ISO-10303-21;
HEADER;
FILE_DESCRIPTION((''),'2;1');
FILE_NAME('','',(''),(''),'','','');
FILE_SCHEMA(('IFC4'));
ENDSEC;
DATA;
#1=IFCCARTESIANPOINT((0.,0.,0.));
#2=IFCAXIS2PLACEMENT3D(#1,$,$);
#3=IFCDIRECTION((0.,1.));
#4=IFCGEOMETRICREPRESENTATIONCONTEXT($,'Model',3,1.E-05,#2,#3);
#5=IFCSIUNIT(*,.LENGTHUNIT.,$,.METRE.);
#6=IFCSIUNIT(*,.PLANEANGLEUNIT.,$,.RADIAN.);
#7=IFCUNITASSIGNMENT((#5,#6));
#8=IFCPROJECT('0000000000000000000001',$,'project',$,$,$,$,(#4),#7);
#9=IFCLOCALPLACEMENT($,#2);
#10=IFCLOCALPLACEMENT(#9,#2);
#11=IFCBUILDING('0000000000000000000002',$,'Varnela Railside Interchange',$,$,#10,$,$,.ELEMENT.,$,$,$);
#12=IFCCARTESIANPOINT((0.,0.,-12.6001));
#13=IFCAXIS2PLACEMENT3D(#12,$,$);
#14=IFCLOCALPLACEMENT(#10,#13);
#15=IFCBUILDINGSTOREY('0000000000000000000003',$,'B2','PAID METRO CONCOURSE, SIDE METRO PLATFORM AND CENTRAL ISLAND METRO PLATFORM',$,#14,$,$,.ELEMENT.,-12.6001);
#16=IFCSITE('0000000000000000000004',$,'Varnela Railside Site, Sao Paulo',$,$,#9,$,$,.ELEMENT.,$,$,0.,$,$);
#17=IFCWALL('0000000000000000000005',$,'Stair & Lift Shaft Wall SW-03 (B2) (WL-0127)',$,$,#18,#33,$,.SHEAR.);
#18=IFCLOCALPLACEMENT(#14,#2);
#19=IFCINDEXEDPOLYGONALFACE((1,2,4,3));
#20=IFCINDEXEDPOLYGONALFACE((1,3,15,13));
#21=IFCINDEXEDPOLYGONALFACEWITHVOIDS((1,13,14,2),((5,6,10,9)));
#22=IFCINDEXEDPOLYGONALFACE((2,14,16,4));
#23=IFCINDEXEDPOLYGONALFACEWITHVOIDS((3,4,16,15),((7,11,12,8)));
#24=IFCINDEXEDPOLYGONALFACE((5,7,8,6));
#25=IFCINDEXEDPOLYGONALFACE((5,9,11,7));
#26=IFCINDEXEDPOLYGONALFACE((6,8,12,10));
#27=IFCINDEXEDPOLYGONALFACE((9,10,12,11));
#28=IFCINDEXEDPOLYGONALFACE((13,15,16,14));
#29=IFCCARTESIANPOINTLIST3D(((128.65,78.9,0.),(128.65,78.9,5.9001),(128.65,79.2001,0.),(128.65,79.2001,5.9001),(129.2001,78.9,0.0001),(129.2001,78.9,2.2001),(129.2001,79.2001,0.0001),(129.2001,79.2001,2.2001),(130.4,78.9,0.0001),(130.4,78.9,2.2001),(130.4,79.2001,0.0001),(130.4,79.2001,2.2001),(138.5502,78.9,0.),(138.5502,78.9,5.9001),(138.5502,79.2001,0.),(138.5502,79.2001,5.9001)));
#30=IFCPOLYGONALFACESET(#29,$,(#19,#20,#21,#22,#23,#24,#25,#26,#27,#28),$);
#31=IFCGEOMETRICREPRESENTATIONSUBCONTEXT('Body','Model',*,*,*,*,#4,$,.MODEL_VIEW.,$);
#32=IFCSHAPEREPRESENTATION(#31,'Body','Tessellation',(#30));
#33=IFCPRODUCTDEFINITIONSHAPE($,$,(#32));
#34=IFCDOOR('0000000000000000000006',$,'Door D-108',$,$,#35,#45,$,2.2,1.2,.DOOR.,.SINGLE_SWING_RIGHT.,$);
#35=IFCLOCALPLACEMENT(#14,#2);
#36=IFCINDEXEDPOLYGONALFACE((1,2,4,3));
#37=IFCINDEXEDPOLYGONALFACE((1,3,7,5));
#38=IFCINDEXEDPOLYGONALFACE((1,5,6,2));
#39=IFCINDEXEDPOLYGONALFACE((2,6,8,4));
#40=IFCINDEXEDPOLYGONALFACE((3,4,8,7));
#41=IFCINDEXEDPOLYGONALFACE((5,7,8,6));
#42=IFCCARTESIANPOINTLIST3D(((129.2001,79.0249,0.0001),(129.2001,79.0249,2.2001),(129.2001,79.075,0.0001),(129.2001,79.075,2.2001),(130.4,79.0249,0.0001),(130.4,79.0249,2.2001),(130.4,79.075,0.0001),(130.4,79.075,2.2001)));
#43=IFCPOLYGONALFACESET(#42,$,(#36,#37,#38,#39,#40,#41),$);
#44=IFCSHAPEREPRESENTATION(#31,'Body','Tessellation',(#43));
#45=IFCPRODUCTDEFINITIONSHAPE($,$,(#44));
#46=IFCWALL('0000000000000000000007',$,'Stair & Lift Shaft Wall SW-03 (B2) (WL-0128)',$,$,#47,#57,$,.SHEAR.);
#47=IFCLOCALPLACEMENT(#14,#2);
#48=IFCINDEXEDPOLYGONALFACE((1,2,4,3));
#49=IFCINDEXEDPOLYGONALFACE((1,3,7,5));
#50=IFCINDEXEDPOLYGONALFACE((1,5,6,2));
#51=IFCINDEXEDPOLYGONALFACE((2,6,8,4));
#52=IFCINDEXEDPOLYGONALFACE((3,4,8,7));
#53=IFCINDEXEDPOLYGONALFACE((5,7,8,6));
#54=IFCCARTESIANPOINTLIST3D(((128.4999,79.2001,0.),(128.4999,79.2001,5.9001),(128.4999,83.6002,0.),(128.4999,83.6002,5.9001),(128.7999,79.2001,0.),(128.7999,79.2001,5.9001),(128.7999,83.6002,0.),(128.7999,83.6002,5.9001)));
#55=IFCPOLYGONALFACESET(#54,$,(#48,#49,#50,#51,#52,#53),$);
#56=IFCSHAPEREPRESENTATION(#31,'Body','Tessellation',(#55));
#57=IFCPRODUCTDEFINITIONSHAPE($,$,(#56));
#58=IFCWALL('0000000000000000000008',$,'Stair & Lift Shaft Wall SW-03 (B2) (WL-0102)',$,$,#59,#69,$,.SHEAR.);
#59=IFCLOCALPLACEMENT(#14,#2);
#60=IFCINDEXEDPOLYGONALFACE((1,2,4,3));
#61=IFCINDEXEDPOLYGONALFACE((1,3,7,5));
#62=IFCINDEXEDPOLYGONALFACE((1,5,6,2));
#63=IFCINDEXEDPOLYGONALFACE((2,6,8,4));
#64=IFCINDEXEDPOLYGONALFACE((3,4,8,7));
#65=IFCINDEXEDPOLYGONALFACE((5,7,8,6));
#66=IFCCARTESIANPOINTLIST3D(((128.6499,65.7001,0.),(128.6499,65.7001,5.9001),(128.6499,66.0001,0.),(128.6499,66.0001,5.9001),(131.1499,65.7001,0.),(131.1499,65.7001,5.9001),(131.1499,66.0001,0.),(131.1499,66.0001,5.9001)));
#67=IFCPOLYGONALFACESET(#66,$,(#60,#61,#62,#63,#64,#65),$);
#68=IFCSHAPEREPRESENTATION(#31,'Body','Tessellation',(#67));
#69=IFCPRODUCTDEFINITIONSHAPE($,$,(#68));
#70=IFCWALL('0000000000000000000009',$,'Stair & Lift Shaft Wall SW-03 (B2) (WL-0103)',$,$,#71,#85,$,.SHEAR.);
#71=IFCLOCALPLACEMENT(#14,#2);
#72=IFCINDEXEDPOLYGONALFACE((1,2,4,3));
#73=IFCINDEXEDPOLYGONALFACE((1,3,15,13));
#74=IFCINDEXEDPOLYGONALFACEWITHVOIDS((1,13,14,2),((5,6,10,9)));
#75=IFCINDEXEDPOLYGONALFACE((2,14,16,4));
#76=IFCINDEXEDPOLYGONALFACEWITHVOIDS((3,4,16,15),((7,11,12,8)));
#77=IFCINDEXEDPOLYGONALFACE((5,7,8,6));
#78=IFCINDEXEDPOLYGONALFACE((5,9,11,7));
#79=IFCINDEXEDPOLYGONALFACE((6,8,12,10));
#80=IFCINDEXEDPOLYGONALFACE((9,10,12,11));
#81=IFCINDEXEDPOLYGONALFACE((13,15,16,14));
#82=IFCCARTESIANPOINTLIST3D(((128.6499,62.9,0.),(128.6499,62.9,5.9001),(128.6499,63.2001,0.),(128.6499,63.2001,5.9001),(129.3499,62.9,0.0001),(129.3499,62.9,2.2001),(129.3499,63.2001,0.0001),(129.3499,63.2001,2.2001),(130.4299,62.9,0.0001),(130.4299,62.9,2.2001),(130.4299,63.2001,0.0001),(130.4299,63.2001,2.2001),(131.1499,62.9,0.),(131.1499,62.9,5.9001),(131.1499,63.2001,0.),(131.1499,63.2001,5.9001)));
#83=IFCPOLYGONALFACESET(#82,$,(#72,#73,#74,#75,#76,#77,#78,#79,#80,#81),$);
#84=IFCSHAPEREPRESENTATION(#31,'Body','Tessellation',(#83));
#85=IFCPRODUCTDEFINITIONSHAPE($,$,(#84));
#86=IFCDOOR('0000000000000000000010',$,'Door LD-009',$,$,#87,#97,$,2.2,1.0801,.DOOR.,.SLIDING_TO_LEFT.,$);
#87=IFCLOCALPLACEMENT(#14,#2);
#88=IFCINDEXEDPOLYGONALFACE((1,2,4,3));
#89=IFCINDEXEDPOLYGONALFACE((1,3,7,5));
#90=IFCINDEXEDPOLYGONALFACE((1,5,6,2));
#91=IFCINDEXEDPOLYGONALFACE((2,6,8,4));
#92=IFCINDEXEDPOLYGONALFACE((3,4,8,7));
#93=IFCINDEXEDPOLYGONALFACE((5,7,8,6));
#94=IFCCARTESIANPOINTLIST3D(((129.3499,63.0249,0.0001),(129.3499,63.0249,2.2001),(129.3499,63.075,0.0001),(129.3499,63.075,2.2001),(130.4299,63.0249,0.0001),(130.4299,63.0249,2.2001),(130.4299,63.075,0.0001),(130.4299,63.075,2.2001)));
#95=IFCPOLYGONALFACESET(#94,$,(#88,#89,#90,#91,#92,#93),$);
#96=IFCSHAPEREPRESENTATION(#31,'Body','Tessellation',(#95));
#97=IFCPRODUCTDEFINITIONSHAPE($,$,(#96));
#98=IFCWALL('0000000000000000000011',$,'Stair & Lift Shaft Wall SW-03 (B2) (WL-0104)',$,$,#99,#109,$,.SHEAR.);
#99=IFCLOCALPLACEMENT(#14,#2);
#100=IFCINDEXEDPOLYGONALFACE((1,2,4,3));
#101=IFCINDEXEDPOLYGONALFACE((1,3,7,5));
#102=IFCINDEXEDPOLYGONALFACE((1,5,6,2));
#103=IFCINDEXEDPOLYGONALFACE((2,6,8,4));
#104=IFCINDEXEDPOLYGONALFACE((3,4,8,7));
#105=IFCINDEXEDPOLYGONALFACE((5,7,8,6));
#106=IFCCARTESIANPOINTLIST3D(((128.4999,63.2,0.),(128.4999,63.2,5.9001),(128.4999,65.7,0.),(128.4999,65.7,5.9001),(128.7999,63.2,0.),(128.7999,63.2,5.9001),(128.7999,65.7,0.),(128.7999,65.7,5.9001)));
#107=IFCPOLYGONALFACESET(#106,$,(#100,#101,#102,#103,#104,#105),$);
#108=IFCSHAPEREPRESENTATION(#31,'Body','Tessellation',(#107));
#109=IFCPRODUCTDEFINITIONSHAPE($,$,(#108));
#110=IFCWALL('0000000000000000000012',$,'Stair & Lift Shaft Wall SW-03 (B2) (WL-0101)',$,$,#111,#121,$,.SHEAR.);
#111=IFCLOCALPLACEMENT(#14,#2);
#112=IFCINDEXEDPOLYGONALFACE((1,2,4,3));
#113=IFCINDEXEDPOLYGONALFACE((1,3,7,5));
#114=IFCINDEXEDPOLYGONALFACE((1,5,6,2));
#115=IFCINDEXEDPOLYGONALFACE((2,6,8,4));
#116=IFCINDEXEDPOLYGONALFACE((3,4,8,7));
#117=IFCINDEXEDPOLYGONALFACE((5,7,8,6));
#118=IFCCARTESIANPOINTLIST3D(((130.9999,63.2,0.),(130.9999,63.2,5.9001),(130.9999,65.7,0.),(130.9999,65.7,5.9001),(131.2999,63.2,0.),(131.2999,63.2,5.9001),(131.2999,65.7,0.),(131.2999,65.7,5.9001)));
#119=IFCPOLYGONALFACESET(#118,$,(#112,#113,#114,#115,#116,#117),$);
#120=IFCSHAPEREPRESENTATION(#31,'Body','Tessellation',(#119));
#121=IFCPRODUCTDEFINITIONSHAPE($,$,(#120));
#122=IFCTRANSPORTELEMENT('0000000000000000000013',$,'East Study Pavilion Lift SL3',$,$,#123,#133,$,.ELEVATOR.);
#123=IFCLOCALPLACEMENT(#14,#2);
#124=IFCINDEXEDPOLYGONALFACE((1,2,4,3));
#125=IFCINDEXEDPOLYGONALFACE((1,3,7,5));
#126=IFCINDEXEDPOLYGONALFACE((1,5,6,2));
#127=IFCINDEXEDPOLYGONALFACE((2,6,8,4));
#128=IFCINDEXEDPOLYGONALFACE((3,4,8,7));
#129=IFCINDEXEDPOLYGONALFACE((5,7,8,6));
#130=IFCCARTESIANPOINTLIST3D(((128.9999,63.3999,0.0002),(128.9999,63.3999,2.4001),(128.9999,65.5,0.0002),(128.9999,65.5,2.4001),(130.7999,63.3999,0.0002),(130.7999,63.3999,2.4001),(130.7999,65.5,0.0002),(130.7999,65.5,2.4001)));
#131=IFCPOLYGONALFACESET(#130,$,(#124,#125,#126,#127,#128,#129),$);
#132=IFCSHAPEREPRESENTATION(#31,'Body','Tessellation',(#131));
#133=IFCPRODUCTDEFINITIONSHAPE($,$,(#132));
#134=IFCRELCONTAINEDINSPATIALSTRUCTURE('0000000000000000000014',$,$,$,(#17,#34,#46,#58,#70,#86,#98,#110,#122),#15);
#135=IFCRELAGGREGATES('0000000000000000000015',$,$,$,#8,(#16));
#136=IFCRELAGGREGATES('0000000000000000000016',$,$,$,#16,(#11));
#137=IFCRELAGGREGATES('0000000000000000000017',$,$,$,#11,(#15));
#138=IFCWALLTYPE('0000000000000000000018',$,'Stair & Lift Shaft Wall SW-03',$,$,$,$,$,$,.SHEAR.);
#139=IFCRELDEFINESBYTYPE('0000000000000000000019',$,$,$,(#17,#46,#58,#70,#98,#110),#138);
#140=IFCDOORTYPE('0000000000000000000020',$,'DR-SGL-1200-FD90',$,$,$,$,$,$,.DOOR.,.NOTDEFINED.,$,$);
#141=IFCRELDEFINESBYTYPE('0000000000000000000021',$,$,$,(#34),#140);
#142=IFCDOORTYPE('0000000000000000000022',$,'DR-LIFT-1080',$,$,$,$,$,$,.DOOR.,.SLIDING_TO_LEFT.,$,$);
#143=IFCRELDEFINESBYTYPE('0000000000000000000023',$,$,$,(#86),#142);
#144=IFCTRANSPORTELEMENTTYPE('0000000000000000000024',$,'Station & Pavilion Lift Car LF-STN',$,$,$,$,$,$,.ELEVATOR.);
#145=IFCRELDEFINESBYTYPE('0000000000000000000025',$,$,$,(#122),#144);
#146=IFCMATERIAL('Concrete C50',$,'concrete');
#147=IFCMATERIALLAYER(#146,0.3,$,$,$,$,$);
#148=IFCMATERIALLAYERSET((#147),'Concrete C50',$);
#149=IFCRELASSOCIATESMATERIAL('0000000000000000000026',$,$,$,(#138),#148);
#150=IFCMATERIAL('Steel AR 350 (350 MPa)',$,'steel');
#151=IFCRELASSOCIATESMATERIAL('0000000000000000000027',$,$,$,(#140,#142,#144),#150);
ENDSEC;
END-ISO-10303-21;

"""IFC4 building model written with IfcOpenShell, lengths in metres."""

from ifc_helpers import new_model, si_unit, direction, frame, frame_2d, origin, origin_2d, place, context, subcontext, project, spatial, rectangle, extrude, material, layer, layer_set, type_object, element, fill, save


model = new_model("IFC4")

# Units and contexts
model_context = context("Model", 3, precision=1e-05, world=origin(), true_north=direction((0.0, 1.0)))
body_context = subcontext(model_context, "Body", "Model", "MODEL_VIEW")
ifc_project = project(units=[si_unit("LENGTHUNIT", "METRE"), si_unit("PLANEANGLEUNIT", "RADIAN")], contexts=[model_context])

# Site, building, storey
site_placement = place(None, origin())
site = spatial("IfcSite", under=ifc_project, at=site_placement, Name="Varnela Railside Site, Sao Paulo", CompositionType="ELEMENT", RefElevation=0.0)
building_placement = place(site_placement, origin())
building = spatial("IfcBuilding", under=site, at=building_placement, Name="Varnela Railside Interchange", CompositionType="ELEMENT")
storey_placement = place(building_placement, frame((0.0, 0.0, -12.6001)))
storey = spatial("IfcBuildingStorey", under=building, at=storey_placement, Name="B2", Description="PAID METRO CONCOURSE, SIDE METRO PLATFORM AND CENTRAL ISLAND METRO PLATFORM", CompositionType="ELEMENT", Elevation=-12.6001)

# Shared definitions
ifc_material_1 = material(Name="Concrete C50", Category="concrete")

# Wall, opening, door
ifc_layer = layer(ifc_material_1, 0.3)
ifc_layer_set = layer_set([ifc_layer], Name="Concrete C50")
wall_type = type_object("IfcWallType", Name="Stair & Lift Shaft Wall SW-03", PredefinedType="SHEAR", material=ifc_layer_set)
wall_1_placement = place(storey_placement, frame((128.6499, 79.05, 0.0), z_axis=(0.0, 0.0, 1.0), x_axis=(1.0, 0.0, 0.0)))
wall_1 = element("IfcWall", 1, at=wall_1_placement, inside=storey, type_object=wall_type, Name="Stair & Lift Shaft Wall SW-03 (B2) (WL-0127)", PredefinedType="SHEAR", context=body_context, shape_type="SweptSolid", body=[
    extrude(rectangle(XDim=9.9001, YDim=0.3, at=frame_2d((4.9502, 0.0))), origin(), (0.0, 0.0, 1.0), 5.9001),
])
opening_1_placement = place(wall_1_placement, frame((0.55, 0.0, 0.0)))
opening_1 = element("IfcOpeningElement", 2, at=opening_1_placement, cuts=wall_1, PredefinedType="OPENING", context=body_context, shape_type="SweptSolid", body=[
    extrude(rectangle(XDim=1.2, YDim=2.2, at=frame_2d((0.6001, 1.1001))), frame((0.0, 0.1599, 0.0), z_axis=(0.0, -1.0, 0.0), x_axis=(1.0, 0.0, 0.0)), (0.0, 0.0, 1.0), 0.3201),
])
ifc_material_2 = material(Name="Steel AR 350 (350 MPa)", Category="steel")
door_type_1 = type_object("IfcDoorType", Name="DR-SGL-1200-FD90", OperationType="NOTDEFINED", PredefinedType="DOOR", material=ifc_material_2)
door_1_placement = place(opening_1_placement, origin())
door_1 = element("IfcDoor", 3, at=door_1_placement, inside=storey, type_object=door_type_1, Name="Door D-108", OperationType="SINGLE_SWING_RIGHT", OverallHeight=2.2, OverallWidth=1.2, PredefinedType="DOOR", context=body_context, shape_type="SweptSolid", body=[
    extrude(rectangle(XDim=1.2, YDim=2.2, at=frame_2d((0.6001, 1.1001))), frame((0.0, 0.0249, 0.0), z_axis=(0.0, -1.0, 0.0), x_axis=(1.0, 0.0, 0.0)), (0.0, 0.0, 1.0), 0.05),
])
fill(opening_1, door_1)

# Walls
wall_2_placement = place(storey_placement, frame((128.6499, 79.2, 0.0), z_axis=(0.0, 0.0, 1.0), x_axis=(0.0, 1.0, 0.0)))
element("IfcWall", 4, at=wall_2_placement, inside=storey, type_object=wall_type, Name="Stair & Lift Shaft Wall SW-03 (B2) (WL-0128)", PredefinedType="SHEAR", context=body_context, shape_type="SweptSolid", body=[
    extrude(rectangle(XDim=4.4001, YDim=0.3, at=frame_2d((2.2002, 0.0))), origin(), (0.0, 0.0, 1.0), 5.9001),
])
wall_3_placement = place(storey_placement, frame((128.6499, 65.8501, 0.0), z_axis=(0.0, 0.0, 1.0), x_axis=(1.0, 0.0, 0.0)))
element("IfcWall", 5, at=wall_3_placement, inside=storey, type_object=wall_type, Name="Stair & Lift Shaft Wall SW-03 (B2) (WL-0102)", PredefinedType="SHEAR", context=body_context, shape_type="SweptSolid", body=[
    extrude(rectangle(XDim=2.5, YDim=0.3, at=frame_2d((1.25, 0.0))), origin(), (0.0, 0.0, 1.0), 5.9001),
])

# Wall, opening, door
wall_4_placement = place(storey_placement, frame((128.6499, 63.05, 0.0), z_axis=(0.0, 0.0, 1.0), x_axis=(1.0, 0.0, 0.0)))
wall_4 = element("IfcWall", 6, at=wall_4_placement, inside=storey, type_object=wall_type, Name="Stair & Lift Shaft Wall SW-03 (B2) (WL-0103)", PredefinedType="SHEAR", context=body_context, shape_type="SweptSolid", body=[
    extrude(rectangle(XDim=2.5, YDim=0.3, at=frame_2d((1.25, 0.0))), origin(), (0.0, 0.0, 1.0), 5.9001),
])
opening_2_placement = place(wall_4_placement, frame((0.7, 0.0, 0.0)))
opening_2 = element("IfcOpeningElement", 7, at=opening_2_placement, cuts=wall_4, PredefinedType="OPENING", context=body_context, shape_type="SweptSolid", body=[
    extrude(rectangle(XDim=1.0801, YDim=2.2, at=frame_2d((0.54, 1.1001))), frame((0.0, 0.1599, 0.0), z_axis=(0.0, -1.0, 0.0), x_axis=(1.0, 0.0, 0.0)), (0.0, 0.0, 1.0), 0.3201),
])
door_type_2 = type_object("IfcDoorType", Name="DR-LIFT-1080", OperationType="SLIDING_TO_LEFT", PredefinedType="DOOR", material=ifc_material_2)
door_2_placement = place(opening_2_placement, origin())
door_2 = element("IfcDoor", 8, at=door_2_placement, inside=storey, type_object=door_type_2, Name="Door LD-009", OperationType="SLIDING_TO_LEFT", OverallHeight=2.2, OverallWidth=1.0801, PredefinedType="DOOR", context=body_context, shape_type="SweptSolid", body=[
    extrude(rectangle(XDim=1.0801, YDim=2.2, at=frame_2d((0.54, 1.1001))), frame((0.0, 0.0249, 0.0), z_axis=(0.0, -1.0, 0.0), x_axis=(1.0, 0.0, 0.0)), (0.0, 0.0, 1.0), 0.05),
])
fill(opening_2, door_2)

# Walls
for number, where, z_axis, x_axis, name in (
    (9, (128.6499, 63.2, 0.0), (0.0, 0.0, 1.0), (0.0, 1.0, 0.0), "Stair & Lift Shaft Wall SW-03 (B2) (WL-0104)"),
    (10, (131.1499, 63.2, 0.0), (0.0, 0.0, 1.0), (0.0, 1.0, 0.0), "Stair & Lift Shaft Wall SW-03 (B2) (WL-0101)"),
):
    element("IfcWall", number, at=place(storey_placement, frame(where, z_axis=z_axis, x_axis=x_axis)), inside=storey, type_object=wall_type, Name=name, PredefinedType="SHEAR", context=body_context, shape_type="SweptSolid", body=[
        extrude(rectangle(XDim=2.5, YDim=0.3, at=frame_2d((1.25, 0.0))), origin(), (0.0, 0.0, 1.0), 5.9001),
    ])

# Transport element
transport_element_type = type_object("IfcTransportElementType", Name="Station & Pavilion Lift Car LF-STN", PredefinedType="ELEVATOR", material=ifc_material_2)
transport_element_placement = place(storey_placement, frame((129.8999, 64.45, 0.0002), z_axis=(0.0, 0.0, 1.0), x_axis=(1.0, 0.0, 0.0)))
element("IfcTransportElement", 11, at=transport_element_placement, inside=storey, type_object=transport_element_type, Name="East Study Pavilion Lift SL3", PredefinedType="ELEVATOR", context=body_context, shape_type="SweptSolid", body=[
    extrude(rectangle(XDim=1.8, YDim=2.1001, at=origin_2d()), origin(), (0.0, 0.0, 1.0), 2.3999),
])

save(model, "model.ifc")
